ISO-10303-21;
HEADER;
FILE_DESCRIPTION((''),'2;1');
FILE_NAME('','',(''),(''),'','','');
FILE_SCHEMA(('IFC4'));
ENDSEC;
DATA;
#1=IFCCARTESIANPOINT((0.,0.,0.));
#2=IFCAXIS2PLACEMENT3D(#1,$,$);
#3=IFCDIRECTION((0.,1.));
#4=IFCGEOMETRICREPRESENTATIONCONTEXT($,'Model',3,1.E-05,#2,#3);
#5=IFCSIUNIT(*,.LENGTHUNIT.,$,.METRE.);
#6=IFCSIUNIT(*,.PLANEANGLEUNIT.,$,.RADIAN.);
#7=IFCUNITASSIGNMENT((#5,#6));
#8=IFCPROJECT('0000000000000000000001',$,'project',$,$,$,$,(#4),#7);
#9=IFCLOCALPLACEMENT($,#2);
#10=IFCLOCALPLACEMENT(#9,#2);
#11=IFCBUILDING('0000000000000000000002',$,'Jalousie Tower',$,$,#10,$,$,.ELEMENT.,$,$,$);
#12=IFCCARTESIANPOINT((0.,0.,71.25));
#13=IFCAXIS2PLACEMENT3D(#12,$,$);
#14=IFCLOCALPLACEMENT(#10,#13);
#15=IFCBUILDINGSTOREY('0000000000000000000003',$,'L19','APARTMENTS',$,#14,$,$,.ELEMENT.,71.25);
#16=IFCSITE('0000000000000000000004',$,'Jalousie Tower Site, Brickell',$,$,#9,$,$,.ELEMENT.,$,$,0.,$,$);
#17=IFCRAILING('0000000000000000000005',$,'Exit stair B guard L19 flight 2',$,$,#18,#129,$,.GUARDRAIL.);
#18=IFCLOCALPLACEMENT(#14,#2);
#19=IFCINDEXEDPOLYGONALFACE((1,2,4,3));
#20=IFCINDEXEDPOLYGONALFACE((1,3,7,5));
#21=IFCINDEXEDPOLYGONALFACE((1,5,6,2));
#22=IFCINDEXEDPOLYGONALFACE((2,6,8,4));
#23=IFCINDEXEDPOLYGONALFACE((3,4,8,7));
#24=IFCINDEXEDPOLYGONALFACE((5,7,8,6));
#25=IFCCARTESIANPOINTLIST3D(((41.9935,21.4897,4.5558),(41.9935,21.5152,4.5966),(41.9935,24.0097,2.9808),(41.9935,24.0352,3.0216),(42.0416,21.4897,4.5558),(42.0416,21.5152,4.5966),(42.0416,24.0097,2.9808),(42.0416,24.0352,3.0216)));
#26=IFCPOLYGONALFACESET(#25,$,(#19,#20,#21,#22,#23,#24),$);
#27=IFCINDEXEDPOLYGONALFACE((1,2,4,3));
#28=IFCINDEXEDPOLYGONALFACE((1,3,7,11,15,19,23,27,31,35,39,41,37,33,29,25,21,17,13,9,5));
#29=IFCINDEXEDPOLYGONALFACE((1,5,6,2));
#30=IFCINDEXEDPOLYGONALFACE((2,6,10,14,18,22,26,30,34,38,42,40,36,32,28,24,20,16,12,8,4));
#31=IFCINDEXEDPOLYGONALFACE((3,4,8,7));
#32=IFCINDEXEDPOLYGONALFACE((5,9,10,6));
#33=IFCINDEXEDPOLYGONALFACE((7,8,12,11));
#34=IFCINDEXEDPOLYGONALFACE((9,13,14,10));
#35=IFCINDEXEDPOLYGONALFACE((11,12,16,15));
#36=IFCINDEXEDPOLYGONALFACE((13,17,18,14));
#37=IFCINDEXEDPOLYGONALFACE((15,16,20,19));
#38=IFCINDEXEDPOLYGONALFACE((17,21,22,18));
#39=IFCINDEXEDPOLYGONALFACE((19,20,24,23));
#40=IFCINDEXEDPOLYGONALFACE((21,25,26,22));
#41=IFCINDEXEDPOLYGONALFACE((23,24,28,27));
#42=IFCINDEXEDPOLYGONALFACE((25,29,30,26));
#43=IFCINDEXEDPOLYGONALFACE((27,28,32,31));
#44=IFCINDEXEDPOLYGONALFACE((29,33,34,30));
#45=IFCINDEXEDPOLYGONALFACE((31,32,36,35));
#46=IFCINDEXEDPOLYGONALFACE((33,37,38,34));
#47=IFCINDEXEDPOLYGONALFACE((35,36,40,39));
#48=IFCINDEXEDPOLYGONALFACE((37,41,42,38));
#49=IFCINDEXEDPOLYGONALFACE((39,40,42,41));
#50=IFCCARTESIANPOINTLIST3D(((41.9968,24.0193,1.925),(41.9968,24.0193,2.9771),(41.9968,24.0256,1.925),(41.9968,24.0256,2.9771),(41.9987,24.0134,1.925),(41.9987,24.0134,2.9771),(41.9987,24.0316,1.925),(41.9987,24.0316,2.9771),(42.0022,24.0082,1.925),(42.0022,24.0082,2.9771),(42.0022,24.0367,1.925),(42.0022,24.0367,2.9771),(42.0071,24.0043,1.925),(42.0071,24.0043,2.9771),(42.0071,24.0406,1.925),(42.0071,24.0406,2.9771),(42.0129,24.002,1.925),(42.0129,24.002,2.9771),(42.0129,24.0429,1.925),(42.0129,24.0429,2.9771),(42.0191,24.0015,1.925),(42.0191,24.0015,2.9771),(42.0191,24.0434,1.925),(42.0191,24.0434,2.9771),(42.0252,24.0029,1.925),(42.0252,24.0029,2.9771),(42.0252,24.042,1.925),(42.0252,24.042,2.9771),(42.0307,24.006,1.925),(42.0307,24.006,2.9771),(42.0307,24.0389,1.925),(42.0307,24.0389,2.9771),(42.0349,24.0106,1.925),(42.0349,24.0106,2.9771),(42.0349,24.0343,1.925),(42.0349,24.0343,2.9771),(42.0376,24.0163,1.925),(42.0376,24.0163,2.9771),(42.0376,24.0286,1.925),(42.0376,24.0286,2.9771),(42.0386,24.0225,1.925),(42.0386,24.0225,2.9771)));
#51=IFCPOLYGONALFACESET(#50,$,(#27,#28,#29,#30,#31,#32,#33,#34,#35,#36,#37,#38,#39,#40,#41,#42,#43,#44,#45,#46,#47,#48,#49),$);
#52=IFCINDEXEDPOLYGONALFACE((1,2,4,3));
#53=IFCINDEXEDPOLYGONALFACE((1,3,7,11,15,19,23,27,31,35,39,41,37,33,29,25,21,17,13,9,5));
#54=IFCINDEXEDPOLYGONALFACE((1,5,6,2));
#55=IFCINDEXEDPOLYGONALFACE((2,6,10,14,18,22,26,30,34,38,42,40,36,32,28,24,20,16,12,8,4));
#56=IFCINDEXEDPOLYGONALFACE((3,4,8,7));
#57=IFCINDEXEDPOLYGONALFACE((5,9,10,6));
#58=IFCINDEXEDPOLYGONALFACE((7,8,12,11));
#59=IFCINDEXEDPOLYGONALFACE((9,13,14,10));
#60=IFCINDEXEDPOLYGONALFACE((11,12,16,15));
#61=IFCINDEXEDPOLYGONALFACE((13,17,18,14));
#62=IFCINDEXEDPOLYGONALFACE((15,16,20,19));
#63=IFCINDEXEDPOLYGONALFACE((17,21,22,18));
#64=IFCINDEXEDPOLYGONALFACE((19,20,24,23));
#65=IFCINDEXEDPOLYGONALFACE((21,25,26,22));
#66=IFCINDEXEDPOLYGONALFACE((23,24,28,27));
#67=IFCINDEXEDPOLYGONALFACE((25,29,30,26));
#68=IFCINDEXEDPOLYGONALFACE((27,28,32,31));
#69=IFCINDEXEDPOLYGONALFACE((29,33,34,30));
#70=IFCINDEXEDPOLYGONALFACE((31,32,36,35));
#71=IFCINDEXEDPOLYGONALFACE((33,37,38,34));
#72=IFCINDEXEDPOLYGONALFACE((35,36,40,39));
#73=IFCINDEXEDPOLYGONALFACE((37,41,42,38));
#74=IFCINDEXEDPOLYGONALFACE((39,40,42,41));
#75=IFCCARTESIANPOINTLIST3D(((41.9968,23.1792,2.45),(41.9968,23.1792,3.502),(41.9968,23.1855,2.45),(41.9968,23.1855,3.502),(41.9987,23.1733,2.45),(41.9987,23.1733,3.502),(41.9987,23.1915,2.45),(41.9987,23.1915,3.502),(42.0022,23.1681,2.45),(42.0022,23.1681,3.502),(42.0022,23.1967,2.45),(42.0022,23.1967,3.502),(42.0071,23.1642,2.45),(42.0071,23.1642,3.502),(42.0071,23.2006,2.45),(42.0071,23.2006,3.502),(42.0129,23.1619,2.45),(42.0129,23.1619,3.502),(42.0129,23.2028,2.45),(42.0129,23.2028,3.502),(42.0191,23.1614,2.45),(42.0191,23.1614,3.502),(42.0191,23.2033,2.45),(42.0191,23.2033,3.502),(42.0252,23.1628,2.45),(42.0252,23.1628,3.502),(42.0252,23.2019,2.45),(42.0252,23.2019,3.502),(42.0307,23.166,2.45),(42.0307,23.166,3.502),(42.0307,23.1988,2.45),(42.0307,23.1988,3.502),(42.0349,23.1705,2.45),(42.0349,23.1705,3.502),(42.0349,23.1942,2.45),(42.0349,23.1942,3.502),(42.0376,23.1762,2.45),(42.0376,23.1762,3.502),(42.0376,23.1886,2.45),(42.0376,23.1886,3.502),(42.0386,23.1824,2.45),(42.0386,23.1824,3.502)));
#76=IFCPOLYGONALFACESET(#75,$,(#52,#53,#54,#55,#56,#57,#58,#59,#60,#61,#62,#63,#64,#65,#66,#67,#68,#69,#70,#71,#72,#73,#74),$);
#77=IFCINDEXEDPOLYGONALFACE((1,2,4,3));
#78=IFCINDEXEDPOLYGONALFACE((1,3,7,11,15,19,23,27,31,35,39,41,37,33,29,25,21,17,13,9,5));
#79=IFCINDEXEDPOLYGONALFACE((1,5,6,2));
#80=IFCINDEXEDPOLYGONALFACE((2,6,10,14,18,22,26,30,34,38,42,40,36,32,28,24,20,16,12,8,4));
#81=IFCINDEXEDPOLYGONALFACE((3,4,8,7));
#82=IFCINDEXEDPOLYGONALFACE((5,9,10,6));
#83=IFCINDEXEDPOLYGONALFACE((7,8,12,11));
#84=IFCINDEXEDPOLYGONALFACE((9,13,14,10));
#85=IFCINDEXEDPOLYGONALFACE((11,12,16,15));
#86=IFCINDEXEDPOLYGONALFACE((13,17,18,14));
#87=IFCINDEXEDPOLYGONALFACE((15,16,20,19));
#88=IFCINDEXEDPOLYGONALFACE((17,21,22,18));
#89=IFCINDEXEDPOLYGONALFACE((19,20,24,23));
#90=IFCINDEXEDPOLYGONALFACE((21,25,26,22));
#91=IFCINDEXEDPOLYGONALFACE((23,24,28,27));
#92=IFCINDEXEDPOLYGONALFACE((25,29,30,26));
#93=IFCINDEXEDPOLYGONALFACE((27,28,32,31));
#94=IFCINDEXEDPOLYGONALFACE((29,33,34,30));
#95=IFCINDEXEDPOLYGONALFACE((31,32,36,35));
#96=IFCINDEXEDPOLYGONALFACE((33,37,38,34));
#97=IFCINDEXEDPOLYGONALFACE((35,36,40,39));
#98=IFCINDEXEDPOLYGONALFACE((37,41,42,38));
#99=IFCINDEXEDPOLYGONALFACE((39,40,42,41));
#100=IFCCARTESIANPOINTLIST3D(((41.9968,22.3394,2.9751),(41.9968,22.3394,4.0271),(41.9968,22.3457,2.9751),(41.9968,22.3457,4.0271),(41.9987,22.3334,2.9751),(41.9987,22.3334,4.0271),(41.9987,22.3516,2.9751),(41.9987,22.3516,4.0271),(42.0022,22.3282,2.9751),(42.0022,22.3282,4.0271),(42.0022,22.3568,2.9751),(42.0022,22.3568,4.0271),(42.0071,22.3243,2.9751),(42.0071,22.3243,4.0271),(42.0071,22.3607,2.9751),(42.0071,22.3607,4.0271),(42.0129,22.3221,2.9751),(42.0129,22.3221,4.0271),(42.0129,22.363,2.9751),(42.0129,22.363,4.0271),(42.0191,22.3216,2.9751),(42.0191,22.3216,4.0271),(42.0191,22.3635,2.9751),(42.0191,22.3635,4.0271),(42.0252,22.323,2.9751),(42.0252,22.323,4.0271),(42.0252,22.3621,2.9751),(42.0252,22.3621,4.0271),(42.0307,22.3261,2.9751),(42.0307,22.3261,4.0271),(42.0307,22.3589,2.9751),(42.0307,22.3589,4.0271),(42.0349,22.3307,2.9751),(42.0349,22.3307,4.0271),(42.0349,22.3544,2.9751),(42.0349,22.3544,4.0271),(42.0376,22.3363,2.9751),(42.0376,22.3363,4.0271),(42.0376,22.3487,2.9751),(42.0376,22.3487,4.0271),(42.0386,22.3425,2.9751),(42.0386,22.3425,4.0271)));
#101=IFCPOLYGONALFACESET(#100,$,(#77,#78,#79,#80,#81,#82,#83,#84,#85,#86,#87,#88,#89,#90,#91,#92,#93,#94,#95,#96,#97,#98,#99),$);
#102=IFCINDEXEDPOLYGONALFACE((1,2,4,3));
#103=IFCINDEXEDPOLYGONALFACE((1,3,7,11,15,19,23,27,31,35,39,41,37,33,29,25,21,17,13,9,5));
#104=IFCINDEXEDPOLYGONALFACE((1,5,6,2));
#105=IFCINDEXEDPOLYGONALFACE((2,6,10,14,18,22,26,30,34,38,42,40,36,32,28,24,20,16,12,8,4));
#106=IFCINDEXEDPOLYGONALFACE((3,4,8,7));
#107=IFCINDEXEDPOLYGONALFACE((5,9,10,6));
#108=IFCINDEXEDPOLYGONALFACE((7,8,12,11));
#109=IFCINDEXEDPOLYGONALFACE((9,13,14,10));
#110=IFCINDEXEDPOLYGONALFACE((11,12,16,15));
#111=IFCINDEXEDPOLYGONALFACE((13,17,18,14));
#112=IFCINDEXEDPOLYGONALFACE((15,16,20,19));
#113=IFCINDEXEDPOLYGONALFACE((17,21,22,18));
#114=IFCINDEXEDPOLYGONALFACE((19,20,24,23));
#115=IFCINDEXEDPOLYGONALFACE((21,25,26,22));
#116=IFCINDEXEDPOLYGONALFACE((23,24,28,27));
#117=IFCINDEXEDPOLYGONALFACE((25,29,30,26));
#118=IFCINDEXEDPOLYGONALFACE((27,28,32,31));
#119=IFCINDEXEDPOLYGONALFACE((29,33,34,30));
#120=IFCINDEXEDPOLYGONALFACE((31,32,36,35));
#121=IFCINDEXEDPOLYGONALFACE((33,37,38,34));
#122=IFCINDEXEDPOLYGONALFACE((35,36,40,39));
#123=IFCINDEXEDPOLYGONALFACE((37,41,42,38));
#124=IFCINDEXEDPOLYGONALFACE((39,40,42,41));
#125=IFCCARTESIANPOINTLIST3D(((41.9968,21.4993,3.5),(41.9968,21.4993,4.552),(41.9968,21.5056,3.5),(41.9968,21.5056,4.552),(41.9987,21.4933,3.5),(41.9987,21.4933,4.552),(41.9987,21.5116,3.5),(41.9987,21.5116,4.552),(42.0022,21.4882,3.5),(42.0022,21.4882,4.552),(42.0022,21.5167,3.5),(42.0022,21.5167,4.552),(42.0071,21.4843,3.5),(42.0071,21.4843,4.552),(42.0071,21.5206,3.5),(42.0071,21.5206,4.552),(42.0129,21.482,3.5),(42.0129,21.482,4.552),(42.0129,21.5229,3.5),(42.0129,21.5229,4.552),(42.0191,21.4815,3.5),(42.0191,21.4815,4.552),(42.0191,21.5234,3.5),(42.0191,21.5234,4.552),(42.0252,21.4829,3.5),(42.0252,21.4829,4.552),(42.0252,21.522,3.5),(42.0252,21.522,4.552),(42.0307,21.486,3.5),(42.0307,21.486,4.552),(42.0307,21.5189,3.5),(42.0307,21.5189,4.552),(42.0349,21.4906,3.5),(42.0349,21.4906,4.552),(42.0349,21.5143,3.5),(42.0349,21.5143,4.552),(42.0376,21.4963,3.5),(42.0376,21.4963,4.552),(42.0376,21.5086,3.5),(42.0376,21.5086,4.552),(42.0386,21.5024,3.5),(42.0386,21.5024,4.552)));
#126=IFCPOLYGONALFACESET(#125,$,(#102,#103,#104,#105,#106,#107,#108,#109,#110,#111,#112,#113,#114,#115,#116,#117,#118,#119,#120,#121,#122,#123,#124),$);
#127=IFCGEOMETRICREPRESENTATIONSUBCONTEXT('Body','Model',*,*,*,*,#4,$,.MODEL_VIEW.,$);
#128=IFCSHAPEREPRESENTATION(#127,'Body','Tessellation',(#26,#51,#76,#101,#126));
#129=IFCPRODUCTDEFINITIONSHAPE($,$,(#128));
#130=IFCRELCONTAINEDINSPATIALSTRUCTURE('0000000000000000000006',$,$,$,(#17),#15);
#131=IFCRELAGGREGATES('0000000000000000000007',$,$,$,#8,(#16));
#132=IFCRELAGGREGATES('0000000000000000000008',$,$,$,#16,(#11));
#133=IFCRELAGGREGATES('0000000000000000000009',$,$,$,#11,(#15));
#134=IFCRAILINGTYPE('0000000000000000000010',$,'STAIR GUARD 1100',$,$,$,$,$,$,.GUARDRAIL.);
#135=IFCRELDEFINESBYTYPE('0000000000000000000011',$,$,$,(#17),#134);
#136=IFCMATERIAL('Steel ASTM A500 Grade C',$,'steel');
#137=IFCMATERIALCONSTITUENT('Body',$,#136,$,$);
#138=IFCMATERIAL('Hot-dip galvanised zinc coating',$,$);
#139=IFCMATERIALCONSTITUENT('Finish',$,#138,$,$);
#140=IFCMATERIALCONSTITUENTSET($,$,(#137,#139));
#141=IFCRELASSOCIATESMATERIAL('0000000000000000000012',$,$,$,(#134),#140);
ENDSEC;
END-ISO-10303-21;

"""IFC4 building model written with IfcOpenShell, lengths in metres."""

from ifc_helpers import new_model, si_unit, direction, frame, origin, origin_2d, place, context, subcontext, project, spatial, rectangle, circle, extrude, material, constituent, constituent_set, type_object, element, save


model = new_model("IFC4")

# Units and contexts
model_context = context("Model", 3, precision=1e-05, world=origin(), true_north=direction((0.0, 1.0)))
body_context = subcontext(model_context, "Body", "Model", "MODEL_VIEW")
ifc_project = project(units=[si_unit("LENGTHUNIT", "METRE"), si_unit("PLANEANGLEUNIT", "RADIAN")], contexts=[model_context])

# Site, building, storey
site_placement = place(None, origin())
site = spatial("IfcSite", under=ifc_project, at=site_placement, Name="Jalousie Tower Site, Brickell", CompositionType="ELEMENT", RefElevation=0.0)
building_placement = place(site_placement, origin())
building = spatial("IfcBuilding", under=site, at=building_placement, Name="Jalousie Tower", CompositionType="ELEMENT")
storey_placement = place(building_placement, frame((0.0, 0.0, 71.25)))
storey = spatial("IfcBuildingStorey", under=building, at=storey_placement, Name="L19", Description="APARTMENTS", CompositionType="ELEMENT", Elevation=71.25)

# Railing
ifc_material_1 = material(Name="Steel ASTM A500 Grade C", Category="steel")
ifc_constituent_1 = constituent(ifc_material_1, Name="Body")
ifc_material_2 = material(Name="Hot-dip galvanised zinc coating")
ifc_constituent_2 = constituent(ifc_material_2, Name="Finish")
ifc_constituent_set_1 = constituent_set(constituents=[ifc_constituent_1, ifc_constituent_2])
railing_type_1 = type_object("IfcRailingType", Name="STAIR GUARD 1100", PredefinedType="GUARDRAIL", material=ifc_constituent_set_1)
railing_1_placement = place(storey_placement, frame((42.0176, 24.0225, 1.925)))
element("IfcRailing", 1, at=railing_1_placement, inside=storey, type_object=railing_type_1, Name="Exit stair B guard L19 flight 2", PredefinedType="GUARDRAIL", context=body_context, shape_type="SweptSolid", body=[
    extrude(rectangle(XDim=0.0481, YDim=0.0481, at=origin_2d()), frame((0.0, 0.0, 1.0762), z_axis=(0.0, -0.848008, 0.529984), x_axis=(1.0, 0.0, 0.0)), (0.0, 0.0, 1.0), 2.9717),
    extrude(circle(Radius=0.021, at=origin_2d()), origin(), (0.0, 0.0, 1.0), 1.052),
    extrude(circle(Radius=0.021, at=origin_2d()), frame((0.0, -0.8401, 0.5249)), (0.0, 0.0, 1.0), 1.052),
    extrude(circle(Radius=0.021, at=origin_2d()), frame((0.0, -1.6799, 1.05)), (0.0, 0.0, 1.0), 1.052),
    extrude(circle(Radius=0.021, at=origin_2d()), frame((0.0, -2.52, 1.575)), (0.0, 0.0, 1.0), 1.052),
])

save(model, "model.ifc")
